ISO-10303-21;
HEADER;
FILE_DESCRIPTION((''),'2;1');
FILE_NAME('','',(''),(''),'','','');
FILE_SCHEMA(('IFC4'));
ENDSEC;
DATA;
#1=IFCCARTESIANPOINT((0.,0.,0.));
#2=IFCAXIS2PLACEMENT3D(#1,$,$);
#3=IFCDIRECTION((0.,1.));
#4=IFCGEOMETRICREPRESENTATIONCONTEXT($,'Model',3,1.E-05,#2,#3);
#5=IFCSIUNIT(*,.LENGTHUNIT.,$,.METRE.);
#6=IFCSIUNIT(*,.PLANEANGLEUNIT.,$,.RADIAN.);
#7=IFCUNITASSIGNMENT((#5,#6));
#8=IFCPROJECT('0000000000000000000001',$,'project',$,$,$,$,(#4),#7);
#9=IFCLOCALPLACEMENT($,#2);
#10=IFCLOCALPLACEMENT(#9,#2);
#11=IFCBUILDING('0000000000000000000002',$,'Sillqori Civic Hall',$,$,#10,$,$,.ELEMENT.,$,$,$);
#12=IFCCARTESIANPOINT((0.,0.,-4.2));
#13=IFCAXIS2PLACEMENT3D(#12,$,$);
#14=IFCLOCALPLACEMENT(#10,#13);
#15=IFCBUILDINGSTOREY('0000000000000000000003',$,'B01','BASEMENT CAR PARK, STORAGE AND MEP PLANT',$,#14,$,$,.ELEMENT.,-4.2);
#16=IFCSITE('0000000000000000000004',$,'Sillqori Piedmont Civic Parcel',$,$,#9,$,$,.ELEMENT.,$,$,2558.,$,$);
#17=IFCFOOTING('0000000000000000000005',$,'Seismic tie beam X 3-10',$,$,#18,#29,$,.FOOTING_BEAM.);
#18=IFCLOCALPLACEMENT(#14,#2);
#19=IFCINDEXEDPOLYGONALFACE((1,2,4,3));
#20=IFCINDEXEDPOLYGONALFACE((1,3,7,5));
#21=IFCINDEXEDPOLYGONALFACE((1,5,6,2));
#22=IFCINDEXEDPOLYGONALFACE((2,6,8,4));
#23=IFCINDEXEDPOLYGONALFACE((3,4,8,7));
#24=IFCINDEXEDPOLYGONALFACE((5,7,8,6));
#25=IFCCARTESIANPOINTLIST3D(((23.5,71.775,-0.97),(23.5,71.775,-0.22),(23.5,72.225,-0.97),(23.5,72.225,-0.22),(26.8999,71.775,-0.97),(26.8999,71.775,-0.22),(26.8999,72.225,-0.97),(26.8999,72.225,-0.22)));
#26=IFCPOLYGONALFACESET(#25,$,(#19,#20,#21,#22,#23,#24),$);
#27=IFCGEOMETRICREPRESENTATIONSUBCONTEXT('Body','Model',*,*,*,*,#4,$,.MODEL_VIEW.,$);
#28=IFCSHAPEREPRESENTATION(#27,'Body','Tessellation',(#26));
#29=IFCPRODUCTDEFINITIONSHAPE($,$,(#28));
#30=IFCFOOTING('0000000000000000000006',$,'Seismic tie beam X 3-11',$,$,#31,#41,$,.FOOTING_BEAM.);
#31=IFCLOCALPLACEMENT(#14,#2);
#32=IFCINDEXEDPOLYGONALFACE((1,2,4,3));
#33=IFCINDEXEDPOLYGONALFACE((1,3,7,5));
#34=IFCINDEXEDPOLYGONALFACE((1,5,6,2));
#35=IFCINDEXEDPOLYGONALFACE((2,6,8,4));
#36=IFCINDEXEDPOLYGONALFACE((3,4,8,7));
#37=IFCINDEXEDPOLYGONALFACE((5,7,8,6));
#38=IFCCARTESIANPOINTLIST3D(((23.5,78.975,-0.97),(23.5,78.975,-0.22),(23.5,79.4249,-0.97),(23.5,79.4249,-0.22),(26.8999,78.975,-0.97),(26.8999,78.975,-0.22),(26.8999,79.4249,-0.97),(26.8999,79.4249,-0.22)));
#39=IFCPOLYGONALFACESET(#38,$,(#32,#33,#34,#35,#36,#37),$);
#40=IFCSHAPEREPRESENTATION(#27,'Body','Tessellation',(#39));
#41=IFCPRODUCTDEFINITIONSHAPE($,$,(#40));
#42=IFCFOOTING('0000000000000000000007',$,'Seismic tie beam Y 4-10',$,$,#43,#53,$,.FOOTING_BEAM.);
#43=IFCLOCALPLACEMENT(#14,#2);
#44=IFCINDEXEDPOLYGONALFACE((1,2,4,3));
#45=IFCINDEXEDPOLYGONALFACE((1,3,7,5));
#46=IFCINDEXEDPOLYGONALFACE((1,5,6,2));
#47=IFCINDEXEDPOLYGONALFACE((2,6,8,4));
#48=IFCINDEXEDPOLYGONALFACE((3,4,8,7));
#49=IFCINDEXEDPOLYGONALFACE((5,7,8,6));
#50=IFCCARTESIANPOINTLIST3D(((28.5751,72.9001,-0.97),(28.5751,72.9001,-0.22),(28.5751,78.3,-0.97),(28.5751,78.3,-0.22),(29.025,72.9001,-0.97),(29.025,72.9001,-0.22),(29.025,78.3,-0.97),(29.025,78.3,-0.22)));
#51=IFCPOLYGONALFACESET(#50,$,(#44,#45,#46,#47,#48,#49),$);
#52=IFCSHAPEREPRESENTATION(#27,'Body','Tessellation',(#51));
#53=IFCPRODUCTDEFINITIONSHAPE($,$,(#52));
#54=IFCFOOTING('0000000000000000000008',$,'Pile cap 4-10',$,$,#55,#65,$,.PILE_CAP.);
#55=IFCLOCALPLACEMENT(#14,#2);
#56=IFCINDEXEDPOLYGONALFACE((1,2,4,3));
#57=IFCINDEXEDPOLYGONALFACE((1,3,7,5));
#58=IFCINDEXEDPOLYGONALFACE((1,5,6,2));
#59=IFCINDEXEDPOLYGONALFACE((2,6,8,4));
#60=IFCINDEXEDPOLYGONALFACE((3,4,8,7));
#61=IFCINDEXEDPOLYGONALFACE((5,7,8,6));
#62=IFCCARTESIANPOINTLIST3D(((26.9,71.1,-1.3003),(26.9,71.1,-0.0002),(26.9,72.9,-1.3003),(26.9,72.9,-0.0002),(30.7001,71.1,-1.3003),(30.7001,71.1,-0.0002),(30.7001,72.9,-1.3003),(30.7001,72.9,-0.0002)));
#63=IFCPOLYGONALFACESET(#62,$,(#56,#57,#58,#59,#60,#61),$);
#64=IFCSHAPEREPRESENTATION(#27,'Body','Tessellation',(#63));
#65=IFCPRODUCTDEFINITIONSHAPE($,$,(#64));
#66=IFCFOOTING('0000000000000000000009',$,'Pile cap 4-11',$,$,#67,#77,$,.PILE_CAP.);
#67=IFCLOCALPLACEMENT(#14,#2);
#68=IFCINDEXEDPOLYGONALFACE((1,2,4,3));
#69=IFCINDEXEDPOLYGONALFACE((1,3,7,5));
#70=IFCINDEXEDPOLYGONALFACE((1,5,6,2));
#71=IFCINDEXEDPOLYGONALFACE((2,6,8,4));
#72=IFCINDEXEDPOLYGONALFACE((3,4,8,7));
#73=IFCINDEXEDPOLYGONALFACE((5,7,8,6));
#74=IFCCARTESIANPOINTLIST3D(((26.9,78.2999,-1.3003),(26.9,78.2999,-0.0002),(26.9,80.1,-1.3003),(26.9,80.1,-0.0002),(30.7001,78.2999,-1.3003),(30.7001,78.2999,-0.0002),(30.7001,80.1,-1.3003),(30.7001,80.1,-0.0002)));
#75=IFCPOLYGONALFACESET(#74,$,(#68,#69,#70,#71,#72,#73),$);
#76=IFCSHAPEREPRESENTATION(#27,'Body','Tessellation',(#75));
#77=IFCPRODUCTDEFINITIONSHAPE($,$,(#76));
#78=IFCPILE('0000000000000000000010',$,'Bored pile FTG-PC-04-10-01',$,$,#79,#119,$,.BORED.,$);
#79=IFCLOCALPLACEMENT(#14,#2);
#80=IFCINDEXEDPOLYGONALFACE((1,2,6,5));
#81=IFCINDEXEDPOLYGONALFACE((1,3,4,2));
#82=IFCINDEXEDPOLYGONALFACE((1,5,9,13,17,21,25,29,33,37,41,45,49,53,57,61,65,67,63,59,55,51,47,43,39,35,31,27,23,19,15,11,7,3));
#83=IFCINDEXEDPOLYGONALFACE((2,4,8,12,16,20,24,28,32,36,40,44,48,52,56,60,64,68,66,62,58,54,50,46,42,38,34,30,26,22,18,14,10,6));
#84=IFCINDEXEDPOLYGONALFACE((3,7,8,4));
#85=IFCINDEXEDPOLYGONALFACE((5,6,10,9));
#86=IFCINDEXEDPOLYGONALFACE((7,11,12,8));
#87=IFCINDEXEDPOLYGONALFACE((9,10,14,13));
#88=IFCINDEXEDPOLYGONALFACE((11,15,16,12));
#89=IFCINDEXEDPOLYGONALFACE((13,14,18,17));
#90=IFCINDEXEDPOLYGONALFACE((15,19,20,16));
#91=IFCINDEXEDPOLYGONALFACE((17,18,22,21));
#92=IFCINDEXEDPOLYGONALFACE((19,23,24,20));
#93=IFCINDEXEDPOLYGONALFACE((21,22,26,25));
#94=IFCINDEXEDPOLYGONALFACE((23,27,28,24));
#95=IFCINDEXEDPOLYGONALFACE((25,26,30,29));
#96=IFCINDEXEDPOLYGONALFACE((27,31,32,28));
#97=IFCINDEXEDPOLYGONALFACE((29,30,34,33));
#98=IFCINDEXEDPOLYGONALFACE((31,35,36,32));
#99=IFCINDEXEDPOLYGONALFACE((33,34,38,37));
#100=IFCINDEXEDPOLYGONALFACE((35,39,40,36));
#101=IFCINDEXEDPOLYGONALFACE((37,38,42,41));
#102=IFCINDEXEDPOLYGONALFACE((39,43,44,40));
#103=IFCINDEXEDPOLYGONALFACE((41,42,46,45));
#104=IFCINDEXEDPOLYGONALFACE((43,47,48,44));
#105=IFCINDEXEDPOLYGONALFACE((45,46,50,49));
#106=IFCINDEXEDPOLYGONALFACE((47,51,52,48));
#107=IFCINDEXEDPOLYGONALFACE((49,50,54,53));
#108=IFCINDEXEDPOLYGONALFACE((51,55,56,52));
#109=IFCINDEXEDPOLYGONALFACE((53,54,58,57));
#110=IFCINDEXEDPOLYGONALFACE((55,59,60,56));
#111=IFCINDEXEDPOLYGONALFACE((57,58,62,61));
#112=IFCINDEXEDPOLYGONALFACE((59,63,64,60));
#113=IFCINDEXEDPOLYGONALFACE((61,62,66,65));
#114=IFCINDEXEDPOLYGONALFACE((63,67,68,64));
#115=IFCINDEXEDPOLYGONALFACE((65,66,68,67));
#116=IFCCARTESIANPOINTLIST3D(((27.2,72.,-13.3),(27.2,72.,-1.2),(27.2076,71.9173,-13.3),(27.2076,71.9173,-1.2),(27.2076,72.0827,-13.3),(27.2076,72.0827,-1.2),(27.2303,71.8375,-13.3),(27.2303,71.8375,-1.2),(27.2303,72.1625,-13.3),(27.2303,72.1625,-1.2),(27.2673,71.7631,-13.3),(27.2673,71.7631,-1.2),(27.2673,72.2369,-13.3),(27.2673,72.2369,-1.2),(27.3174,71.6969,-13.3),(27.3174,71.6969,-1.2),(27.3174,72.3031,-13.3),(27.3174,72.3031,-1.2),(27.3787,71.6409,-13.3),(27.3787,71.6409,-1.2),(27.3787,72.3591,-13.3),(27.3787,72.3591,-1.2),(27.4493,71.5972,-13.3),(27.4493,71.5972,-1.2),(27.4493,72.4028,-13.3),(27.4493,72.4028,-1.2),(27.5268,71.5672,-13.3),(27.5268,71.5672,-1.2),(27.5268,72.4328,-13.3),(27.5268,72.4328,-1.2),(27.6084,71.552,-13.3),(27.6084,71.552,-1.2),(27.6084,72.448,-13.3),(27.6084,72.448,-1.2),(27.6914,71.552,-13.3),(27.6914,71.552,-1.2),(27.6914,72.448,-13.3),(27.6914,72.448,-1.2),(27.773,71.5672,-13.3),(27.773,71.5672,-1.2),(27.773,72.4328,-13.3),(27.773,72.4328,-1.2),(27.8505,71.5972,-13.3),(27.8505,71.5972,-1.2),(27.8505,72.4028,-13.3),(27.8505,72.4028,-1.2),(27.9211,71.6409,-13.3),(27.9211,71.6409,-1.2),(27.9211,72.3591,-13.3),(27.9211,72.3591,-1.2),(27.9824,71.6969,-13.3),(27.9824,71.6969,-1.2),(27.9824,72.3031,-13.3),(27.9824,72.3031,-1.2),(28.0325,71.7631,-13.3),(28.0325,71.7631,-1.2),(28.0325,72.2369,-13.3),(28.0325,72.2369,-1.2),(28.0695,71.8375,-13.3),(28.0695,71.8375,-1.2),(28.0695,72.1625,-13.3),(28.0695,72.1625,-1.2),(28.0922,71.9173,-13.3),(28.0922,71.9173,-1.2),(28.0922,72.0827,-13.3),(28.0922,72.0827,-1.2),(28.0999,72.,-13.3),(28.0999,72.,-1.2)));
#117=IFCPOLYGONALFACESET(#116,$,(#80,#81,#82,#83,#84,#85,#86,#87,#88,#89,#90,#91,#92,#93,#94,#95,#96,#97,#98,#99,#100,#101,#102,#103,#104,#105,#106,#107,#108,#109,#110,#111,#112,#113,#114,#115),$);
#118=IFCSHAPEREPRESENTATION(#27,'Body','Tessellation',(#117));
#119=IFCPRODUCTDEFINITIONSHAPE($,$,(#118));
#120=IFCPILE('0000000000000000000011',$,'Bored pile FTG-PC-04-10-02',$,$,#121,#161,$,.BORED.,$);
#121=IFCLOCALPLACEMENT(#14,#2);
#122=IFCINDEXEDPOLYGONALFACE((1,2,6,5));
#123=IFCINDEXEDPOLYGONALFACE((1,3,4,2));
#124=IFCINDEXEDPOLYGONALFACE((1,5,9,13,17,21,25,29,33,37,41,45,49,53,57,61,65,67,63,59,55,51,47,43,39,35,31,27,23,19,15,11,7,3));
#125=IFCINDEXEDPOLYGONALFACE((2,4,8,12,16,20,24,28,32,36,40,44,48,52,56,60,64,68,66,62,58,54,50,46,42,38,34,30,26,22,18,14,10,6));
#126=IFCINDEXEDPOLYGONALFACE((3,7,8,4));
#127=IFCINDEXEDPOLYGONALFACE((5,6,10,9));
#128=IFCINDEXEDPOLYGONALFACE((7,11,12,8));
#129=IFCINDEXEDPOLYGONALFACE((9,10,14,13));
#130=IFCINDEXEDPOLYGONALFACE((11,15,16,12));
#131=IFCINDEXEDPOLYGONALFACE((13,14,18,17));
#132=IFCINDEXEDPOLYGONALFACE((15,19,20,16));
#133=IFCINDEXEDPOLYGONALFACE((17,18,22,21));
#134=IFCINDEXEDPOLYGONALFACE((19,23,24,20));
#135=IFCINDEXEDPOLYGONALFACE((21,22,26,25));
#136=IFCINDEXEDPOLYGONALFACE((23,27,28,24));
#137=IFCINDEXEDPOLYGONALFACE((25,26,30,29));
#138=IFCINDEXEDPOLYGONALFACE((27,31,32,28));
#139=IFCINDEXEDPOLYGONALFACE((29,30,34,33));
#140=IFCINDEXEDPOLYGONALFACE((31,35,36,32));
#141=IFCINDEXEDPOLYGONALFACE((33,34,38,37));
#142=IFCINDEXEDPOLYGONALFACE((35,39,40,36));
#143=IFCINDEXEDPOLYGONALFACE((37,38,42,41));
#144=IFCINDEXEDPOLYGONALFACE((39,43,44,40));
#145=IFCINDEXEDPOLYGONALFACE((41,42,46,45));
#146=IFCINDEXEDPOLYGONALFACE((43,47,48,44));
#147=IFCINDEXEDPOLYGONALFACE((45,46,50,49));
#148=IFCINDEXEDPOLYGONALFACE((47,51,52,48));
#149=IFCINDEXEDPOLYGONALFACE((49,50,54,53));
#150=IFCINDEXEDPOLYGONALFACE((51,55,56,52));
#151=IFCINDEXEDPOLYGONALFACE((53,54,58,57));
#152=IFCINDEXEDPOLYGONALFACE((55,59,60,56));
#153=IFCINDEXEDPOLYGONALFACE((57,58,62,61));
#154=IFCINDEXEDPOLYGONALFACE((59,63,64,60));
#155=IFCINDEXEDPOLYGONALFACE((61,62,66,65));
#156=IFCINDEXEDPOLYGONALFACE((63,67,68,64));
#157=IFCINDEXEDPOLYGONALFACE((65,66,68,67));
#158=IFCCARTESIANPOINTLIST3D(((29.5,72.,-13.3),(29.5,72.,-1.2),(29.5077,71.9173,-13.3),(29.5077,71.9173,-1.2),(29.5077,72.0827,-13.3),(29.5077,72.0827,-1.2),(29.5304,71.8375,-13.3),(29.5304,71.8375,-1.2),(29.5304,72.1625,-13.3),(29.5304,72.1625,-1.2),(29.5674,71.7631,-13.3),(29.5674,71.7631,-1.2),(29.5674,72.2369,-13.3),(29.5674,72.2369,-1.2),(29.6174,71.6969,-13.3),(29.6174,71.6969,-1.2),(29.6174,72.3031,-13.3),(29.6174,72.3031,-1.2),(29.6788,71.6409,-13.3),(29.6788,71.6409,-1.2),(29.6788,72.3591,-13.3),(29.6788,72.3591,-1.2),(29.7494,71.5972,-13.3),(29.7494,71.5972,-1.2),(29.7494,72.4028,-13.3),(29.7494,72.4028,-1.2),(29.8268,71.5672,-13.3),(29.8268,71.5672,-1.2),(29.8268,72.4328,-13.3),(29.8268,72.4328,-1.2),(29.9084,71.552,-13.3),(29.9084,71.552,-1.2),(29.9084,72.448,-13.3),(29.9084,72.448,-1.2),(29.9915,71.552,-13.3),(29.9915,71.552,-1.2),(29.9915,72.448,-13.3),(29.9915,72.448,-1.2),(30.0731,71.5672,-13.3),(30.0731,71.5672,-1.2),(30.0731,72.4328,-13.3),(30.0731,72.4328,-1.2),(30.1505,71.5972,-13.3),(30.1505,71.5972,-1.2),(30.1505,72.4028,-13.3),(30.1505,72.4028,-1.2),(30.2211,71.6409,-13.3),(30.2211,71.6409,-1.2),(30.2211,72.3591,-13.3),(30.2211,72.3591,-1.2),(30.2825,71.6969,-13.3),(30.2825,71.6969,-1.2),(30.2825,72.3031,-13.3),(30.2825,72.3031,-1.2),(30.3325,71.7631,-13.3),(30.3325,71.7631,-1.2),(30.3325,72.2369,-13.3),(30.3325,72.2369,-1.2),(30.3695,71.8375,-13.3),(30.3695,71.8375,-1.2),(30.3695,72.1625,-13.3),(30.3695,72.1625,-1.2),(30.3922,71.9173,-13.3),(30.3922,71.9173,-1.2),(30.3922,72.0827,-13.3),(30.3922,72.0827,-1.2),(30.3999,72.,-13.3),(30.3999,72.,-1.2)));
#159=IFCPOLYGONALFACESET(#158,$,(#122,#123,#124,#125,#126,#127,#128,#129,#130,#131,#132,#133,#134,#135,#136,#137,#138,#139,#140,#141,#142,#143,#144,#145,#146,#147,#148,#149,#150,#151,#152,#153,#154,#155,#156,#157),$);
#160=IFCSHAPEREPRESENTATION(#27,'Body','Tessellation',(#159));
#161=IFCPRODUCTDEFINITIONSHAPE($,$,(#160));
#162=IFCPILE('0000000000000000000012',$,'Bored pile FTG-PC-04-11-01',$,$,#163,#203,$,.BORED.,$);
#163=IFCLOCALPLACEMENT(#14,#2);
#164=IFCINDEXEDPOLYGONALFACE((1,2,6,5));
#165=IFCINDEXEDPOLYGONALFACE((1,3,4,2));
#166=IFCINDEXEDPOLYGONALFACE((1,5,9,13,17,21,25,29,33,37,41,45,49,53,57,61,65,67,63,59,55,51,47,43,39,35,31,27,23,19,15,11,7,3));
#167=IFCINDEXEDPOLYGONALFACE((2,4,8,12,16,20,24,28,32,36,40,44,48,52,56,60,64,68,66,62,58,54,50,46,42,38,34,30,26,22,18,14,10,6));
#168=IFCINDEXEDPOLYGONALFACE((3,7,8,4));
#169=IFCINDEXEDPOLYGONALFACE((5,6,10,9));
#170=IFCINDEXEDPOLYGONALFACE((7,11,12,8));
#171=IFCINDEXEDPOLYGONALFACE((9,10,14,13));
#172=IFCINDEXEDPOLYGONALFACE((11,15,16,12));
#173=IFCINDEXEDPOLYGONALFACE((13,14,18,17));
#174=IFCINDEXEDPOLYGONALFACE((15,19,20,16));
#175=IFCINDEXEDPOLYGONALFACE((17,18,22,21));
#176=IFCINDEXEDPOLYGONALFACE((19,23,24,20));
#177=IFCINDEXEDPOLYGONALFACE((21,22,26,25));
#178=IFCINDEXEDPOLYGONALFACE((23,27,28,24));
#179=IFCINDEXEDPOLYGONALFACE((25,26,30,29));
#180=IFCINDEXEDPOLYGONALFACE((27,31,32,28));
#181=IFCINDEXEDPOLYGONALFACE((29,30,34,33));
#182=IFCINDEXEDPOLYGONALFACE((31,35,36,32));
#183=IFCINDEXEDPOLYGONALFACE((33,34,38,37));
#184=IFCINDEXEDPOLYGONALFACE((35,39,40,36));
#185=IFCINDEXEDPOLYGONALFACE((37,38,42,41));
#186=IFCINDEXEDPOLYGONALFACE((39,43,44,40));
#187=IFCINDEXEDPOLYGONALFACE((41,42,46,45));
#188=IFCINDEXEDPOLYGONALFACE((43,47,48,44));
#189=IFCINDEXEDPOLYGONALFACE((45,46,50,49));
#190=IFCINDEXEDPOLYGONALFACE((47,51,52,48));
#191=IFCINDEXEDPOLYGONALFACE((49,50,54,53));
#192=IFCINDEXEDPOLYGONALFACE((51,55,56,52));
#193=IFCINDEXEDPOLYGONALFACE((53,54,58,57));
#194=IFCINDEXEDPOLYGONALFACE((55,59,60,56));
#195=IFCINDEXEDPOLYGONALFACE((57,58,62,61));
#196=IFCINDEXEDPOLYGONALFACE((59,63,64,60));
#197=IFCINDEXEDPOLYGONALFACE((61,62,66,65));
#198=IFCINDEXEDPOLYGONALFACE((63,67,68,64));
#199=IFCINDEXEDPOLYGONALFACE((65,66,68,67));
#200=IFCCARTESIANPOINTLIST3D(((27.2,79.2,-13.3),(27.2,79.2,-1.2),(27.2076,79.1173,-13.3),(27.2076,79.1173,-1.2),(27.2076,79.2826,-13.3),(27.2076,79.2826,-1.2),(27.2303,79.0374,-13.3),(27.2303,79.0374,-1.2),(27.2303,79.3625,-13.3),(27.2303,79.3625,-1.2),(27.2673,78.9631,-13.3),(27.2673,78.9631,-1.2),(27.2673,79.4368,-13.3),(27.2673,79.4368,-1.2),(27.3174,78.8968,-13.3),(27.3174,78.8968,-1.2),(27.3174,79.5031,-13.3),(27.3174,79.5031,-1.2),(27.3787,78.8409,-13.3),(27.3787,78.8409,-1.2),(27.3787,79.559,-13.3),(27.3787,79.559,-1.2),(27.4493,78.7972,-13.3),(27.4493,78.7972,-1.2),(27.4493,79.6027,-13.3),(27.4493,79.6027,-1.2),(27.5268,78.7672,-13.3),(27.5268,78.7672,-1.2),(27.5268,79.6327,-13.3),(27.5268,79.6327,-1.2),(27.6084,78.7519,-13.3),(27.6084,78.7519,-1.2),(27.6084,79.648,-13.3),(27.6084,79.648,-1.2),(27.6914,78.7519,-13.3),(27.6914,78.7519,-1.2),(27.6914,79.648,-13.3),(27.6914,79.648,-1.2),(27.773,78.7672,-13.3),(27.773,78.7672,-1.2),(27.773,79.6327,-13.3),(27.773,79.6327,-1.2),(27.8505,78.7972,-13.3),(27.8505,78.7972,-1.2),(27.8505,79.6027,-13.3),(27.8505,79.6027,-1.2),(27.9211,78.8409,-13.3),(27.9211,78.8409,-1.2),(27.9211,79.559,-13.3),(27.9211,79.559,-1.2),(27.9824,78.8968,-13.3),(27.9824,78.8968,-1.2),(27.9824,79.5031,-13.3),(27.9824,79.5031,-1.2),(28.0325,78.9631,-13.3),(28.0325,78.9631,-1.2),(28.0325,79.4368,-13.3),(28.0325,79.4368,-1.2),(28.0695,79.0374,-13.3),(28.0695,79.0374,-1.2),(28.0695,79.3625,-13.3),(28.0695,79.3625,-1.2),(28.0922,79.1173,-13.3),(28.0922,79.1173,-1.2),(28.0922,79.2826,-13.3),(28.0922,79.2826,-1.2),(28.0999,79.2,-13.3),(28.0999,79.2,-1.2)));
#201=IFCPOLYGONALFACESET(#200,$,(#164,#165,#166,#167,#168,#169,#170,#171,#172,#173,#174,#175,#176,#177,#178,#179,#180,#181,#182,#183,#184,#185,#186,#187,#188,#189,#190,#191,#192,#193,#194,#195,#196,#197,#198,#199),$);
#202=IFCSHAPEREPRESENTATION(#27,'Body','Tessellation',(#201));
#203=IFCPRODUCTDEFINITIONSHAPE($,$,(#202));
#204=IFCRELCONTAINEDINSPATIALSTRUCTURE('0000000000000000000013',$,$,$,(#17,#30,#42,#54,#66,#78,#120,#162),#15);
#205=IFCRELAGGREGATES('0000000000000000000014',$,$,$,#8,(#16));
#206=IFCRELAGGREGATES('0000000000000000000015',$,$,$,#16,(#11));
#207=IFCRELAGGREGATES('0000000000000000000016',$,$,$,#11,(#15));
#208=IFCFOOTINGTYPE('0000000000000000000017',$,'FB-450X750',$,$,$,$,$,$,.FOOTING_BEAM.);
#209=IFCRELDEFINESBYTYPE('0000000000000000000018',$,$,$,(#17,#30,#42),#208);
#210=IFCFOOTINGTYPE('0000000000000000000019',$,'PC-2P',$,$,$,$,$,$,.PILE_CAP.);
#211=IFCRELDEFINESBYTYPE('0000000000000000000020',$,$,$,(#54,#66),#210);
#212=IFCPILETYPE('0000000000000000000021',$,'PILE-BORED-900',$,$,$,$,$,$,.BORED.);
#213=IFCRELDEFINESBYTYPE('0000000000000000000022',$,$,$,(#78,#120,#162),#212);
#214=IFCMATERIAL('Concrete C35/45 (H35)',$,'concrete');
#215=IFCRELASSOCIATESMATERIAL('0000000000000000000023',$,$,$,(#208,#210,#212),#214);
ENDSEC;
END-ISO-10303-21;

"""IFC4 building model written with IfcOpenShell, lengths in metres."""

from ifc_helpers import new_model, si_unit, direction, frame, origin, origin_2d, place, context, subcontext, project, spatial, rectangle, circle, extrude, material, material_profile, profile_set, type_object, element, save


model = new_model("IFC4")

# Units and contexts
model_context = context("Model", 3, precision=1e-05, world=origin(), true_north=direction((0.0, 1.0)))
body_context = subcontext(model_context, "Body", "Model", "MODEL_VIEW")
ifc_project = project(units=[si_unit("LENGTHUNIT", "METRE"), si_unit("PLANEANGLEUNIT", "RADIAN")], contexts=[model_context])

# Site, building, storey
site_placement = place(None, origin())
site = spatial("IfcSite", under=ifc_project, at=site_placement, Name="Sillqori Piedmont Civic Parcel", CompositionType="ELEMENT", RefElevation=2558.0)
building_placement = place(site_placement, origin())
building = spatial("IfcBuilding", under=site, at=building_placement, Name="Sillqori Civic Hall", CompositionType="ELEMENT")
storey_placement = place(building_placement, frame((0.0, 0.0, -4.2)))
storey = spatial("IfcBuildingStorey", under=building, at=storey_placement, Name="B01", Description="BASEMENT CAR PARK, STORAGE AND MEP PLANT", CompositionType="ELEMENT", Elevation=-4.2)

# Footings
ifc_material_1 = material(Name="Concrete C35/45 (H35)", Category="concrete")
footing_type_1 = type_object("IfcFootingType", Name="FB-450X750", PredefinedType="FOOTING_BEAM", material=ifc_material_1)
for number, where, z_axis, x_axis, name in (
    (1, (25.2, 72.0, -0.97), (0.0, 0.0, 1.0), (1.0, 0.0, 0.0), "Seismic tie beam X 3-10"),
    (2, (25.2, 79.2, -0.97), (0.0, 0.0, 1.0), (1.0, 0.0, 0.0), "Seismic tie beam X 3-11"),
):
    element("IfcFooting", number, at=place(storey_placement, frame(where, z_axis=z_axis, x_axis=x_axis)), inside=storey, type_object=footing_type_1, Name=name, PredefinedType="FOOTING_BEAM", context=body_context, shape_type="SweptSolid", body=[
        extrude(rectangle(XDim=3.3999, YDim=0.45, at=origin_2d()), origin(), (0.0, 0.0, 1.0), 0.75),
    ])
footing_placement = place(storey_placement, frame((28.8, 75.6001, -0.97), z_axis=(0.0, 0.0, 1.0), x_axis=(1.0, 0.0, 0.0)))
element("IfcFooting", 3, at=footing_placement, inside=storey, type_object=footing_type_1, Name="Seismic tie beam Y 4-10", PredefinedType="FOOTING_BEAM", context=body_context, shape_type="SweptSolid", body=[
    extrude(rectangle(XDim=0.45, YDim=5.3999, at=origin_2d()), origin(), (0.0, 0.0, 1.0), 0.75),
])
footing_type_2 = type_object("IfcFootingType", Name="PC-2P", PredefinedType="PILE_CAP", material=ifc_material_1)
for number, where, z_axis, x_axis, name in (
    (4, (28.8, 72.0, -1.3003), (0.0, 0.0, 1.0), (1.0, 0.0, 0.0), "Pile cap 4-10"),
    (5, (28.8, 79.2, -1.3003), (0.0, 0.0, 1.0), (1.0, 0.0, 0.0), "Pile cap 4-11"),
):
    element("IfcFooting", number, at=place(storey_placement, frame(where, z_axis=z_axis, x_axis=x_axis)), inside=storey, type_object=footing_type_2, Name=name, PredefinedType="PILE_CAP", context=body_context, shape_type="SweptSolid", body=[
        extrude(rectangle(XDim=3.8, YDim=1.8, at=origin_2d()), origin(), (0.0, 0.0, 1.0), 1.3),
    ])

# Piles
ifc_material_profile_1 = material_profile(ifc_material_1, circle(Radius=0.45, at=origin_2d()), Name="BORED PILE 900")
ifc_profile_set_1 = profile_set([ifc_material_profile_1], Name="Concrete C35/45 (H35)")
pile_type = type_object("IfcPileType", Name="PILE-BORED-900", PredefinedType="BORED", material=ifc_profile_set_1)
for number, where, z_axis, x_axis, name in (
    (6, (27.6499, 72.0, -1.2), (0.0, 0.0, -1.0), (1.0, 0.0, 0.0), "Bored pile FTG-PC-04-10-01"),
    (7, (29.95, 72.0, -1.2), (0.0, 0.0, -1.0), (1.0, 0.0, 0.0), "Bored pile FTG-PC-04-10-02"),
    (8, (27.6499, 79.2, -1.2), (0.0, 0.0, -1.0), (1.0, 0.0, 0.0), "Bored pile FTG-PC-04-11-01"),
):
    element("IfcPile", number, at=place(storey_placement, frame(where, z_axis=z_axis, x_axis=x_axis)), inside=storey, type_object=pile_type, Name=name, PredefinedType="BORED", context=body_context, shape_type="SweptSolid", body=[
        extrude(circle(Radius=0.45, at=origin_2d()), origin(), (0.0, 0.0, 1.0), 12.1001),
    ])

save(model, "model.ifc")
